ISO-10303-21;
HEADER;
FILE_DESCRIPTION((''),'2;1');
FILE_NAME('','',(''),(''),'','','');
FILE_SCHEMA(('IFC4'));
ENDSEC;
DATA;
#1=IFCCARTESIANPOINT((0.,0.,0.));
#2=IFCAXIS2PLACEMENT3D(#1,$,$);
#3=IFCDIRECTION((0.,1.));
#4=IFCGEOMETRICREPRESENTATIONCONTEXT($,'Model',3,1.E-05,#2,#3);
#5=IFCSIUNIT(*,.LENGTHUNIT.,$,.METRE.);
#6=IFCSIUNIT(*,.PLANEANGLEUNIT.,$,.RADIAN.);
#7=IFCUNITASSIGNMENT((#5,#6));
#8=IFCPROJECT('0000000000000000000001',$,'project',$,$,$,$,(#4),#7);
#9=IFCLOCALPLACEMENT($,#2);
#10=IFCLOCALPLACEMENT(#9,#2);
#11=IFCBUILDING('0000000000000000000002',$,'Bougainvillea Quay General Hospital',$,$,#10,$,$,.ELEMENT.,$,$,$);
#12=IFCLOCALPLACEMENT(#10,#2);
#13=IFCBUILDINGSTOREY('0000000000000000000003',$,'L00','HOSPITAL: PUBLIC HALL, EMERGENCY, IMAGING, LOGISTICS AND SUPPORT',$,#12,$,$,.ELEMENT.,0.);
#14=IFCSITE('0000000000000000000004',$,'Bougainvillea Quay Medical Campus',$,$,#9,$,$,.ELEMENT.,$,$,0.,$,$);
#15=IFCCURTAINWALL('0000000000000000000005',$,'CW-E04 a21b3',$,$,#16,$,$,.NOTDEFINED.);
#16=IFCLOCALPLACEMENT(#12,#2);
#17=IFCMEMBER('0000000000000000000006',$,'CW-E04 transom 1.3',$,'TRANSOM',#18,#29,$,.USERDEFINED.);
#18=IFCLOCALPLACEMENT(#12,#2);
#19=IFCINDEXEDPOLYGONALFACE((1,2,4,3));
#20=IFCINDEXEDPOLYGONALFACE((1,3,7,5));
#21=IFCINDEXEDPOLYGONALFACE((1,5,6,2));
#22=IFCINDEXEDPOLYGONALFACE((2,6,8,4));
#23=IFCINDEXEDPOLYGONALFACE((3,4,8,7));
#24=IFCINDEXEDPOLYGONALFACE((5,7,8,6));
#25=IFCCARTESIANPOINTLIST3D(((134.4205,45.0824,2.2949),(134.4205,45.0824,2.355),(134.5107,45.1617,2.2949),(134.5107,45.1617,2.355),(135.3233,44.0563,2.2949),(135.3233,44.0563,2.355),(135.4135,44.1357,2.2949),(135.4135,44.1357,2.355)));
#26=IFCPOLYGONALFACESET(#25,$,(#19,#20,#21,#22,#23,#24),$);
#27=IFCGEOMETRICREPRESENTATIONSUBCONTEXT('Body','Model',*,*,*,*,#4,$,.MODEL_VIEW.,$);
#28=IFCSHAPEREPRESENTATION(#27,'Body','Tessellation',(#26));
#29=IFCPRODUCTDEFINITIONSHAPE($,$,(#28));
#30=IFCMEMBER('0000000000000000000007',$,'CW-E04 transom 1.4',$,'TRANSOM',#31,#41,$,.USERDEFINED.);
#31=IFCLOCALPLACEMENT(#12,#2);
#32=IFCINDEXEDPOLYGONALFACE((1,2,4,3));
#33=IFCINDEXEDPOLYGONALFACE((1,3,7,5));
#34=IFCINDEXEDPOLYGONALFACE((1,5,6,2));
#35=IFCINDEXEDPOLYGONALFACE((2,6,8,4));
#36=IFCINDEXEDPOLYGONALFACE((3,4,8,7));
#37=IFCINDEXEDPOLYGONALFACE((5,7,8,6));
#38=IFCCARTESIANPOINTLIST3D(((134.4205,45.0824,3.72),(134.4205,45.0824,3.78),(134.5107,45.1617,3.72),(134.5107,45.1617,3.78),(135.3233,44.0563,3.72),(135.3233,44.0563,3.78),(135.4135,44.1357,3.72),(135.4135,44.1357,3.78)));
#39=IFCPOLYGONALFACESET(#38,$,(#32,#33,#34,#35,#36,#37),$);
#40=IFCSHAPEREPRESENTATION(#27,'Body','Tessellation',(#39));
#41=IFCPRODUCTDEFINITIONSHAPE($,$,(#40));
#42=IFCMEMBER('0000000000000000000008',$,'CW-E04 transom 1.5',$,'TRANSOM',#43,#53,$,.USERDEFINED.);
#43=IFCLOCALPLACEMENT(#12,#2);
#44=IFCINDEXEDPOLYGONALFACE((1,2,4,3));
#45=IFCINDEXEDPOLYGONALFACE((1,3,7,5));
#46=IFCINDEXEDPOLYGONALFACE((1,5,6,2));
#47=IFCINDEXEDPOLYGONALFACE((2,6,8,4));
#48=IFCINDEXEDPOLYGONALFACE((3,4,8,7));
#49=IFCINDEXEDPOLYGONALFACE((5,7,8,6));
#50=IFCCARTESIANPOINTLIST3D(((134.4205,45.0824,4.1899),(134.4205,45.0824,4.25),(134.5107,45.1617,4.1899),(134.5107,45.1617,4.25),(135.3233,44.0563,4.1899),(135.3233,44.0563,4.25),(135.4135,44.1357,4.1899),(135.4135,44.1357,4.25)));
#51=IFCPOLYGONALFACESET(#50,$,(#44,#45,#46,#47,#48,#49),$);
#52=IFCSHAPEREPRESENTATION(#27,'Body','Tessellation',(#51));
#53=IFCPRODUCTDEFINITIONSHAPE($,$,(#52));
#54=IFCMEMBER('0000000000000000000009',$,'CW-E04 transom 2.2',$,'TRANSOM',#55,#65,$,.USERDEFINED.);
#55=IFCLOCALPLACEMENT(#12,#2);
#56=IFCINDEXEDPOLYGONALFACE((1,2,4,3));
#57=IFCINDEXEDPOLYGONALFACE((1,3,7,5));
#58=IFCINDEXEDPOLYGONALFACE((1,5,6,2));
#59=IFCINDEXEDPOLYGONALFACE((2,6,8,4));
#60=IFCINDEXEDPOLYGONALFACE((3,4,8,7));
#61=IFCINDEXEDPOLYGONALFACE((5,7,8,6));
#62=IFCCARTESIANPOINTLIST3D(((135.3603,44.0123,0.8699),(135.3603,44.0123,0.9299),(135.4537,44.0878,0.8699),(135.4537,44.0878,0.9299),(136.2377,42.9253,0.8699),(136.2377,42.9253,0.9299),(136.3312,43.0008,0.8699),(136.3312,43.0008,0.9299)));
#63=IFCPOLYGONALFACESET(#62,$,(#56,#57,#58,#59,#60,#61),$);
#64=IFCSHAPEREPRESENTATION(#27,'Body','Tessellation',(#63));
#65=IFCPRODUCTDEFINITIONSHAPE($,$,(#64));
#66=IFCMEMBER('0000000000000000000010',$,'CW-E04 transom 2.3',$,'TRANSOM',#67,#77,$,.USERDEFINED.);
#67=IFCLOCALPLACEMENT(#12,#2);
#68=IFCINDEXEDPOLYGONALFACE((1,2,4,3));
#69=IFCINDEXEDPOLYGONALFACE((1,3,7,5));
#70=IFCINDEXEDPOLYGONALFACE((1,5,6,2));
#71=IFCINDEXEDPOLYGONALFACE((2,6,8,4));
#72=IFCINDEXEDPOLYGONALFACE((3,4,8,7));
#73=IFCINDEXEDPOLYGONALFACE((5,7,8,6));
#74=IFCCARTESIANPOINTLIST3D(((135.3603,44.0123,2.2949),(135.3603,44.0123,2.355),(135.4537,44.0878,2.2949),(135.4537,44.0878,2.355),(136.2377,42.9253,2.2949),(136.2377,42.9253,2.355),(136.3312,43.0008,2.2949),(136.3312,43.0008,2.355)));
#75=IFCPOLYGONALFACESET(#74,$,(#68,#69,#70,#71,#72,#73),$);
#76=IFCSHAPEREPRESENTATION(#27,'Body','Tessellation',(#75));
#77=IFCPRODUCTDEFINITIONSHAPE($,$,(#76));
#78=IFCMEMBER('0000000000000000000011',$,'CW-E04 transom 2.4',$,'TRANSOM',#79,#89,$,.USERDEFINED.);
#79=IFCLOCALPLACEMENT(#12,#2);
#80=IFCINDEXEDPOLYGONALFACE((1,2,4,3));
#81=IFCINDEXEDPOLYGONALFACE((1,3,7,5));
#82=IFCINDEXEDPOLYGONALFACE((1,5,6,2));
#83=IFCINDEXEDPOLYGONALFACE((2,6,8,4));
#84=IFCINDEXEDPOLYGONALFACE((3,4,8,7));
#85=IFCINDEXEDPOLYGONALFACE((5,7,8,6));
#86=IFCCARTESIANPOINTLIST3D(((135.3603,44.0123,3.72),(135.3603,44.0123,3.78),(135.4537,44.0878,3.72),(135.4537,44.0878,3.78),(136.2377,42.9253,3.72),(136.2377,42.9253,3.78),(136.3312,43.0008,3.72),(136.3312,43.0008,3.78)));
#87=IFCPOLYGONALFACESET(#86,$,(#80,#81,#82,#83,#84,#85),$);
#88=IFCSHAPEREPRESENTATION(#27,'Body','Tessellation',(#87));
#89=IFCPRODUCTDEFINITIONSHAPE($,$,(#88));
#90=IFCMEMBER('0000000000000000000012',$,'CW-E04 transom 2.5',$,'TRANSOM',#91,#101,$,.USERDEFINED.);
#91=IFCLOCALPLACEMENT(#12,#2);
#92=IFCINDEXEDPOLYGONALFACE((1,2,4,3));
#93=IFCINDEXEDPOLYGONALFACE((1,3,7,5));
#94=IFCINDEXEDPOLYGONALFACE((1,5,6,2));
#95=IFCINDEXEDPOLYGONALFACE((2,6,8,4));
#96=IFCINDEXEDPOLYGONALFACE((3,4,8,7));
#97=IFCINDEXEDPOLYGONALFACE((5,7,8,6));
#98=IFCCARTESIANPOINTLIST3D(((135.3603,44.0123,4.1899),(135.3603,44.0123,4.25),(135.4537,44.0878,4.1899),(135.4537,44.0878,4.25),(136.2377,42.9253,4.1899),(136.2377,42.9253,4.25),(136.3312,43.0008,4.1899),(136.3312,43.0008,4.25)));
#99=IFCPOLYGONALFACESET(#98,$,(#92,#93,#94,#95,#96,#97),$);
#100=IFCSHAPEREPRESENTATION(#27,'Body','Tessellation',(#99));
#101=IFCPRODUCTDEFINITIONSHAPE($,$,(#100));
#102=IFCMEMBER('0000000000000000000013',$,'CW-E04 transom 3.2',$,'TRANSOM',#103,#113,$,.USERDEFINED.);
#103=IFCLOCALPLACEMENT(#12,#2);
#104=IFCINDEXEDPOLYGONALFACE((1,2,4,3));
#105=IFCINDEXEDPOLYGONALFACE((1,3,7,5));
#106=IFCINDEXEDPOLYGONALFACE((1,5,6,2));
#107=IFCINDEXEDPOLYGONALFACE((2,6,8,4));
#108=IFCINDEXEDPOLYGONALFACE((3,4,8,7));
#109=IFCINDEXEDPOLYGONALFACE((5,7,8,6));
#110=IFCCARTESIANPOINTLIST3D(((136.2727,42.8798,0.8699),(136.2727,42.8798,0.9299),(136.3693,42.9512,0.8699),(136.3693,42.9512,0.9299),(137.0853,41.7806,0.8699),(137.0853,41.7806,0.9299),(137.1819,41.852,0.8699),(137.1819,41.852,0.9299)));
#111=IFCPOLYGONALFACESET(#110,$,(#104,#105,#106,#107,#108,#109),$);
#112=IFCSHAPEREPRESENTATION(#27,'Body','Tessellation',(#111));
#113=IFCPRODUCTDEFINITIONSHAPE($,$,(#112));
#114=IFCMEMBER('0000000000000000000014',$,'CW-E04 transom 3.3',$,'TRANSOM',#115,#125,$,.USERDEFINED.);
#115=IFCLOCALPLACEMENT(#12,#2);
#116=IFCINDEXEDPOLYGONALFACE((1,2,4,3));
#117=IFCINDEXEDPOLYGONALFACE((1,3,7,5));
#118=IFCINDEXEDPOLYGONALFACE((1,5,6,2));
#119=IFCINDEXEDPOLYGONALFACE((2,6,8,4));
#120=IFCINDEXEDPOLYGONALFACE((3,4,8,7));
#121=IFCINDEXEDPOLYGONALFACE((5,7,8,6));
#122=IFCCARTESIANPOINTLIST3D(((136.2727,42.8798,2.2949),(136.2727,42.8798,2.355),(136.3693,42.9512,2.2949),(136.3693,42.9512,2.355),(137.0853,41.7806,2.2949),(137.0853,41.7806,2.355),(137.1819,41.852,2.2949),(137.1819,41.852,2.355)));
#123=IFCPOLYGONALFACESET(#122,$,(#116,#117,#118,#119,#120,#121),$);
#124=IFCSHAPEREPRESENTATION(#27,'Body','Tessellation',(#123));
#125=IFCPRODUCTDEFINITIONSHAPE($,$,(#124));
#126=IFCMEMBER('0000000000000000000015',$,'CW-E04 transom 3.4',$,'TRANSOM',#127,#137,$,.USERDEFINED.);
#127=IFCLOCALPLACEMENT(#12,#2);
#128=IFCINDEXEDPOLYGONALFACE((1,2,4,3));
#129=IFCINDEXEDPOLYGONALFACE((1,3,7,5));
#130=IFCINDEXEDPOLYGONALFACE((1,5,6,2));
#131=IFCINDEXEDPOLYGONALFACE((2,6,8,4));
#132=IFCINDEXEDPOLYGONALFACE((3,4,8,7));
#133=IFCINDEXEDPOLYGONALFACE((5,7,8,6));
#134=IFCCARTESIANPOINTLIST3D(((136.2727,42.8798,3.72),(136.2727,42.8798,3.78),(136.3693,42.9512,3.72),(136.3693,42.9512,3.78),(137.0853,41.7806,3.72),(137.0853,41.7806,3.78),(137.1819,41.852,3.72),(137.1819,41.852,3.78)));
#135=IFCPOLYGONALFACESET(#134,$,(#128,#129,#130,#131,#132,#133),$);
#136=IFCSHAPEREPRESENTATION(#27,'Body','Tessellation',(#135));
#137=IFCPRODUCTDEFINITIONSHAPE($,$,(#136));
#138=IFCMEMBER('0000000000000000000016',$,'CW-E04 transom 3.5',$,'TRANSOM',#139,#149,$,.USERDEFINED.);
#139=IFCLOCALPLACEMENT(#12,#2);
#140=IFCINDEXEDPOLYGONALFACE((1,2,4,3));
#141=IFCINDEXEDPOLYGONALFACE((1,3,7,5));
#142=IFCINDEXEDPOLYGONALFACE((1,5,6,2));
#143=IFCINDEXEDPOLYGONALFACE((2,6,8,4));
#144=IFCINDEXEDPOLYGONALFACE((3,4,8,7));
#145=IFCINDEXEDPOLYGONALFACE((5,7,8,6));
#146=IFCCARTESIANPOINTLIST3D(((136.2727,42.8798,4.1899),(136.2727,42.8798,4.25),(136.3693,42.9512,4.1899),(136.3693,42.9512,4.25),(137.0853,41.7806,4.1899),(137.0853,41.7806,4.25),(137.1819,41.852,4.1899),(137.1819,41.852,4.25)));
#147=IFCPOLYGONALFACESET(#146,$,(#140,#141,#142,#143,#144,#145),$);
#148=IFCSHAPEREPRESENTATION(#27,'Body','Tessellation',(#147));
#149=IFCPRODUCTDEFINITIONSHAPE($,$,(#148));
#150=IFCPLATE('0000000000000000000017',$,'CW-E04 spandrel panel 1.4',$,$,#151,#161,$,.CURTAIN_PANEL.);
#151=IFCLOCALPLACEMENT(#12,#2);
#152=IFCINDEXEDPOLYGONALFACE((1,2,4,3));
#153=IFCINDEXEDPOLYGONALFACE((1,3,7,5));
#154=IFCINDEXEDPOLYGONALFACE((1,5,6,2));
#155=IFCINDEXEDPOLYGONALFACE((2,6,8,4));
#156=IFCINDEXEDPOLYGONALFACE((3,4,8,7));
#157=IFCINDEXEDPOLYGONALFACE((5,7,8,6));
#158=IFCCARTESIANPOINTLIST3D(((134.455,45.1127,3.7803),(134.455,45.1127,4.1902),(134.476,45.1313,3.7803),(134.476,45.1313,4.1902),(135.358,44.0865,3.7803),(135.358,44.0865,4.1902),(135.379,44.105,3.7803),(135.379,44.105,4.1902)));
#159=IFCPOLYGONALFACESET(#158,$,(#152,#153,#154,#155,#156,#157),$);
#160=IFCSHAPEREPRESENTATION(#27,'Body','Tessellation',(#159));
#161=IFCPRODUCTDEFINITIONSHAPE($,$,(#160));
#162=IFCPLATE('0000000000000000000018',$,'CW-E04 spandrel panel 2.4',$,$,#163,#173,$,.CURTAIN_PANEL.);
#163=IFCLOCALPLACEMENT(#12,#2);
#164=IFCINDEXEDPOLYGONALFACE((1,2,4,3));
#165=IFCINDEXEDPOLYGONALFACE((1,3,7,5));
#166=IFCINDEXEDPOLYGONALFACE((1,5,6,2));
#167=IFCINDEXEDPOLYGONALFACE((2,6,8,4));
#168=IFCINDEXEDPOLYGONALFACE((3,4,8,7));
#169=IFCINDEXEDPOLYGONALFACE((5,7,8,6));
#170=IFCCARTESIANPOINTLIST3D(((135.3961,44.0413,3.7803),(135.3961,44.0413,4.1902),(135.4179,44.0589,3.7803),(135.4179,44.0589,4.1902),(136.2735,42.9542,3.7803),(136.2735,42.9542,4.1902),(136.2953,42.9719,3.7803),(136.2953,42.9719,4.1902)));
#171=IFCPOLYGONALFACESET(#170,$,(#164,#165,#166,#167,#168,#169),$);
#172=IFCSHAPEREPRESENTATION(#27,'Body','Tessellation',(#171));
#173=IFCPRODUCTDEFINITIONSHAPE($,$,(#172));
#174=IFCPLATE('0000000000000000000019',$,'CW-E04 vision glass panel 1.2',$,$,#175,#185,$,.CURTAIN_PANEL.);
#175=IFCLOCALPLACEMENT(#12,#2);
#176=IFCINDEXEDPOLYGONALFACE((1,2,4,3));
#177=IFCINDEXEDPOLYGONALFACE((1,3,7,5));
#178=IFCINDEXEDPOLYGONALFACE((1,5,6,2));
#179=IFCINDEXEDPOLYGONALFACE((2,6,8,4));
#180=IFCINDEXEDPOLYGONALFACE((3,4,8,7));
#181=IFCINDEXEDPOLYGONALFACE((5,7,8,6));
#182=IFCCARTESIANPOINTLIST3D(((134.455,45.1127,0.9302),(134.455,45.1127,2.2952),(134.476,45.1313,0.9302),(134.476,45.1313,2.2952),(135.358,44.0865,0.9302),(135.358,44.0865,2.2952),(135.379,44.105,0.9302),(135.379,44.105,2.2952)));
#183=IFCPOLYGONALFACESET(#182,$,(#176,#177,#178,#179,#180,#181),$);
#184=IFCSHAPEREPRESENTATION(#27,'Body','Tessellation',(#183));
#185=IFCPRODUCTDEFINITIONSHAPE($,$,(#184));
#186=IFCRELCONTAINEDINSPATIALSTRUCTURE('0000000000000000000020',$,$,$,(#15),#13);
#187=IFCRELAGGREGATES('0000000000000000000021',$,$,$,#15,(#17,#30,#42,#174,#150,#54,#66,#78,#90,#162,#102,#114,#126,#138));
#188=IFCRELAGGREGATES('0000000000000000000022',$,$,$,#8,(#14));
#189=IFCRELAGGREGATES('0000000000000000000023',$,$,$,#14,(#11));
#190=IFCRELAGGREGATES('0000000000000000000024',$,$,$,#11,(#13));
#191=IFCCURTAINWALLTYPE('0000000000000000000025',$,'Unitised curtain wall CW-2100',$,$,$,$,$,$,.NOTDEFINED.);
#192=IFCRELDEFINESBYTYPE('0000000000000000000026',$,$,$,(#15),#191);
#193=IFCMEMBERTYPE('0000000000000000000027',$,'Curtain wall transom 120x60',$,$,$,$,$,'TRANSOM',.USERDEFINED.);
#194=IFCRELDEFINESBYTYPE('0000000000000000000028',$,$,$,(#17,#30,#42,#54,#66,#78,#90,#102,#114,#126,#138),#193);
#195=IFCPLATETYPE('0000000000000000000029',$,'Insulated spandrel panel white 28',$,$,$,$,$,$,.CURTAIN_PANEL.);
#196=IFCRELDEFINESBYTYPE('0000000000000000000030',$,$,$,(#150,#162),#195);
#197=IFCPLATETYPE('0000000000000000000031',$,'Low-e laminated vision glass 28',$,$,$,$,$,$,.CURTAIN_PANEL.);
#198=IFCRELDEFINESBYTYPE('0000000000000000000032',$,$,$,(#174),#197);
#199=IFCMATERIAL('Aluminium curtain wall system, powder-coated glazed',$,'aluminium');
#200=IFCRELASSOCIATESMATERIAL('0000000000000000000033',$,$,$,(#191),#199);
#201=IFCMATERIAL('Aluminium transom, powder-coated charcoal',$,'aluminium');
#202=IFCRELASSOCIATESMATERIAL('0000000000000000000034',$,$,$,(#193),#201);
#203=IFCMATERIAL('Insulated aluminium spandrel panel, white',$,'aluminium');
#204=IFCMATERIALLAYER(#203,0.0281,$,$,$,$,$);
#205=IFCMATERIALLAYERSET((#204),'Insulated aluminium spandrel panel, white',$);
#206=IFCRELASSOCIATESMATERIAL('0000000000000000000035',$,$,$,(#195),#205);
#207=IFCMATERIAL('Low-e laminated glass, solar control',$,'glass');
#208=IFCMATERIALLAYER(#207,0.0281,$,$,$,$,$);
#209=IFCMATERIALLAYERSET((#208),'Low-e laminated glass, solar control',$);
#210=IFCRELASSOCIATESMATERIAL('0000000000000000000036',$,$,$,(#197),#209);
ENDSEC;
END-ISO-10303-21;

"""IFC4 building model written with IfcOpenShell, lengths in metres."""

from ifc_helpers import new_model, si_unit, direction, frame, origin, origin_2d, place, context, subcontext, project, spatial, rectangle, extrude, material, layer, layer_set, material_profile, profile_set, type_object, element, aggregate, save


model = new_model("IFC4")

# Units and contexts
model_context = context("Model", 3, precision=1e-05, world=origin(), true_north=direction((0.0, 1.0)))
body_context = subcontext(model_context, "Body", "Model", "MODEL_VIEW")
ifc_project = project(units=[si_unit("LENGTHUNIT", "METRE"), si_unit("PLANEANGLEUNIT", "RADIAN")], contexts=[model_context])

# Site, building, storey
site_placement = place(None, origin())
site = spatial("IfcSite", under=ifc_project, at=site_placement, Name="Bougainvillea Quay Medical Campus", CompositionType="ELEMENT", RefElevation=0.0)
building_placement = place(site_placement, origin())
building = spatial("IfcBuilding", under=site, at=building_placement, Name="Bougainvillea Quay General Hospital", CompositionType="ELEMENT")
storey_placement = place(building_placement, origin())
storey = spatial("IfcBuildingStorey", under=building, at=storey_placement, Name="L00", Description="HOSPITAL: PUBLIC HALL, EMERGENCY, IMAGING, LOGISTICS AND SUPPORT", CompositionType="ELEMENT", Elevation=0.0)

# Curtain wall, members, plates
ifc_material_1 = material(Name="Aluminium curtain wall system, powder-coated glazed", Category="aluminium")
curtain_wall_type = type_object("IfcCurtainWallType", Name="Unitised curtain wall CW-2100", PredefinedType="NOTDEFINED", material=ifc_material_1)
curtain_wall_placement = place(storey_placement, origin())
curtain_wall = element("IfcCurtainWall", 1, at=curtain_wall_placement, inside=storey, type_object=curtain_wall_type, Name="CW-E04 a21b3", PredefinedType="NOTDEFINED")
ifc_material_2 = material(Name="Aluminium transom, powder-coated charcoal", Category="aluminium")
ifc_material_profile_1 = material_profile(ifc_material_2, rectangle(XDim=0.1201, YDim=0.0601, at=origin_2d()))
ifc_profile_set_1 = profile_set([ifc_material_profile_1], Name="Aluminium transom, powder-coated charcoal")
member_type = type_object("IfcMemberType", Name="Curtain wall transom 120x60", ElementType="TRANSOM", PredefinedType="USERDEFINED", material=ifc_profile_set_1)
member_1_placement = place(storey_placement, frame((134.4656, 45.1221, 2.325), z_axis=(0.660563, -0.75077, 0.0), x_axis=(0.75077, 0.660563, 0.0)))
member_1 = element("IfcMember", 2, at=member_1_placement, type_object=member_type, Name="CW-E04 transom 1.3", ObjectType="TRANSOM", PredefinedType="USERDEFINED", context=body_context, shape_type="SweptSolid", body=[
    extrude(rectangle(XDim=0.1201, YDim=0.0601, at=origin_2d()), origin(), (0.0, 0.0, 1.0), 1.3667),
])
member_2_placement = place(storey_placement, frame((134.4656, 45.1221, 3.75), z_axis=(0.660563, -0.75077, 0.0), x_axis=(0.75077, 0.660563, 0.0)))
member_2 = element("IfcMember", 3, at=member_2_placement, type_object=member_type, Name="CW-E04 transom 1.4", ObjectType="TRANSOM", PredefinedType="USERDEFINED", context=body_context, shape_type="SweptSolid", body=[
    extrude(rectangle(XDim=0.1201, YDim=0.0601, at=origin_2d()), origin(), (0.0, 0.0, 1.0), 1.3667),
])
member_3_placement = place(storey_placement, frame((134.4656, 45.1221, 4.22), z_axis=(0.660563, -0.75077, 0.0), x_axis=(0.75077, 0.660563, 0.0)))
member_3 = element("IfcMember", 4, at=member_3_placement, type_object=member_type, Name="CW-E04 transom 1.5", ObjectType="TRANSOM", PredefinedType="USERDEFINED", context=body_context, shape_type="SweptSolid", body=[
    extrude(rectangle(XDim=0.1201, YDim=0.0601, at=origin_2d()), origin(), (0.0, 0.0, 1.0), 1.3667),
])
member_4_placement = place(storey_placement, frame((135.407, 44.05, 0.8999), z_axis=(0.628142, -0.778099, 0.0), x_axis=(0.778099, 0.628142, 0.0)))
member_4 = element("IfcMember", 5, at=member_4_placement, type_object=member_type, Name="CW-E04 transom 2.2", ObjectType="TRANSOM", PredefinedType="USERDEFINED", context=body_context, shape_type="SweptSolid", body=[
    extrude(rectangle(XDim=0.1201, YDim=0.0601, at=origin_2d()), origin(), (0.0, 0.0, 1.0), 1.397),
])
member_5_placement = place(storey_placement, frame((135.407, 44.05, 2.325), z_axis=(0.628142, -0.778099, 0.0), x_axis=(0.778099, 0.628142, 0.0)))
member_5 = element("IfcMember", 6, at=member_5_placement, type_object=member_type, Name="CW-E04 transom 2.3", ObjectType="TRANSOM", PredefinedType="USERDEFINED", context=body_context, shape_type="SweptSolid", body=[
    extrude(rectangle(XDim=0.1201, YDim=0.0601, at=origin_2d()), origin(), (0.0, 0.0, 1.0), 1.397),
])
member_6_placement = place(storey_placement, frame((135.407, 44.05, 3.75), z_axis=(0.628142, -0.778099, 0.0), x_axis=(0.778099, 0.628142, 0.0)))
member_6 = element("IfcMember", 7, at=member_6_placement, type_object=member_type, Name="CW-E04 transom 2.4", ObjectType="TRANSOM", PredefinedType="USERDEFINED", context=body_context, shape_type="SweptSolid", body=[
    extrude(rectangle(XDim=0.1201, YDim=0.0601, at=origin_2d()), origin(), (0.0, 0.0, 1.0), 1.397),
])
member_7_placement = place(storey_placement, frame((135.407, 44.05, 4.22), z_axis=(0.628142, -0.778099, 0.0), x_axis=(0.778099, 0.628142, 0.0)))
member_7 = element("IfcMember", 8, at=member_7_placement, type_object=member_type, Name="CW-E04 transom 2.5", ObjectType="TRANSOM", PredefinedType="USERDEFINED", context=body_context, shape_type="SweptSolid", body=[
    extrude(rectangle(XDim=0.1201, YDim=0.0601, at=origin_2d()), origin(), (0.0, 0.0, 1.0), 1.397),
])
member_8_placement = place(storey_placement, frame((136.321, 42.9155, 0.8999), z_axis=(0.594441, -0.804139, 0.0), x_axis=(0.804139, 0.594441, 0.0)))
member_8 = element("IfcMember", 9, at=member_8_placement, type_object=member_type, Name="CW-E04 transom 3.2", ObjectType="TRANSOM", PredefinedType="USERDEFINED", context=body_context, shape_type="SweptSolid", body=[
    extrude(rectangle(XDim=0.1201, YDim=0.0601, at=origin_2d()), origin(), (0.0, 0.0, 1.0), 1.3669),
])
member_9_placement = place(storey_placement, frame((136.321, 42.9155, 2.325), z_axis=(0.594441, -0.804139, 0.0), x_axis=(0.804139, 0.594441, 0.0)))
member_9 = element("IfcMember", 10, at=member_9_placement, type_object=member_type, Name="CW-E04 transom 3.3", ObjectType="TRANSOM", PredefinedType="USERDEFINED", context=body_context, shape_type="SweptSolid", body=[
    extrude(rectangle(XDim=0.1201, YDim=0.0601, at=origin_2d()), origin(), (0.0, 0.0, 1.0), 1.3669),
])
member_10_placement = place(storey_placement, frame((136.321, 42.9155, 3.75), z_axis=(0.594441, -0.804139, 0.0), x_axis=(0.804139, 0.594441, 0.0)))
member_10 = element("IfcMember", 11, at=member_10_placement, type_object=member_type, Name="CW-E04 transom 3.4", ObjectType="TRANSOM", PredefinedType="USERDEFINED", context=body_context, shape_type="SweptSolid", body=[
    extrude(rectangle(XDim=0.1201, YDim=0.0601, at=origin_2d()), origin(), (0.0, 0.0, 1.0), 1.3669),
])
member_11_placement = place(storey_placement, frame((136.321, 42.9155, 4.22), z_axis=(0.594441, -0.804139, 0.0), x_axis=(0.804139, 0.594441, 0.0)))
member_11 = element("IfcMember", 12, at=member_11_placement, type_object=member_type, Name="CW-E04 transom 3.5", ObjectType="TRANSOM", PredefinedType="USERDEFINED", context=body_context, shape_type="SweptSolid", body=[
    extrude(rectangle(XDim=0.1201, YDim=0.0601, at=origin_2d()), origin(), (0.0, 0.0, 1.0), 1.3669),
])
ifc_material_3 = material(Name="Insulated aluminium spandrel panel, white", Category="aluminium")
ifc_layer_1 = layer(ifc_material_3, 0.0281)
ifc_layer_set_1 = layer_set([ifc_layer_1], Name="Insulated aluminium spandrel panel, white")
plate_type_1 = type_object("IfcPlateType", Name="Insulated spandrel panel white 28", PredefinedType="CURTAIN_PANEL", material=ifc_layer_set_1)
plate_1_placement = place(storey_placement, frame((134.917, 44.6089, 3.7803), z_axis=(0.0, 0.0, 1.0), x_axis=(0.660596, -0.750742, 0.0)))
plate_1 = element("IfcPlate", 13, at=plate_1_placement, type_object=plate_type_1, Name="CW-E04 spandrel panel 1.4", PredefinedType="CURTAIN_PANEL", context=body_context, shape_type="SweptSolid", body=[
    extrude(rectangle(XDim=1.3669, YDim=0.0281, at=origin_2d()), origin(), (0.0, 0.0, 1.0), 0.4099),
])
plate_2_placement = place(storey_placement, frame((135.8457, 43.5066, 3.7803), z_axis=(0.0, 0.0, 1.0), x_axis=(0.628072, -0.778155, 0.0)))
plate_2 = element("IfcPlate", 14, at=plate_2_placement, type_object=plate_type_1, Name="CW-E04 spandrel panel 2.4", PredefinedType="CURTAIN_PANEL", context=body_context, shape_type="SweptSolid", body=[
    extrude(rectangle(XDim=1.397, YDim=0.0281, at=origin_2d()), origin(), (0.0, 0.0, 1.0), 0.4099),
])
ifc_material_4 = material(Name="Low-e laminated glass, solar control", Category="glass")
ifc_layer_2 = layer(ifc_material_4, 0.0281)
ifc_layer_set_2 = layer_set([ifc_layer_2], Name="Low-e laminated glass, solar control")
plate_type_2 = type_object("IfcPlateType", Name="Low-e laminated vision glass 28", PredefinedType="CURTAIN_PANEL", material=ifc_layer_set_2)
plate_3_placement = place(storey_placement, frame((134.917, 44.6089, 0.9302), z_axis=(0.0, 0.0, 1.0), x_axis=(0.660596, -0.750742, 0.0)))
plate_3 = element("IfcPlate", 15, at=plate_3_placement, type_object=plate_type_2, Name="CW-E04 vision glass panel 1.2", PredefinedType="CURTAIN_PANEL", context=body_context, shape_type="SweptSolid", body=[
    extrude(rectangle(XDim=1.3669, YDim=0.0281, at=origin_2d()), origin(), (0.0, 0.0, 1.0), 1.365),
])
aggregate(curtain_wall, [member_1, member_2, member_3, plate_3, plate_1, member_4, member_5, member_6, member_7, plate_2, member_8, member_9, member_10, member_11])

save(model, "model.ifc")
